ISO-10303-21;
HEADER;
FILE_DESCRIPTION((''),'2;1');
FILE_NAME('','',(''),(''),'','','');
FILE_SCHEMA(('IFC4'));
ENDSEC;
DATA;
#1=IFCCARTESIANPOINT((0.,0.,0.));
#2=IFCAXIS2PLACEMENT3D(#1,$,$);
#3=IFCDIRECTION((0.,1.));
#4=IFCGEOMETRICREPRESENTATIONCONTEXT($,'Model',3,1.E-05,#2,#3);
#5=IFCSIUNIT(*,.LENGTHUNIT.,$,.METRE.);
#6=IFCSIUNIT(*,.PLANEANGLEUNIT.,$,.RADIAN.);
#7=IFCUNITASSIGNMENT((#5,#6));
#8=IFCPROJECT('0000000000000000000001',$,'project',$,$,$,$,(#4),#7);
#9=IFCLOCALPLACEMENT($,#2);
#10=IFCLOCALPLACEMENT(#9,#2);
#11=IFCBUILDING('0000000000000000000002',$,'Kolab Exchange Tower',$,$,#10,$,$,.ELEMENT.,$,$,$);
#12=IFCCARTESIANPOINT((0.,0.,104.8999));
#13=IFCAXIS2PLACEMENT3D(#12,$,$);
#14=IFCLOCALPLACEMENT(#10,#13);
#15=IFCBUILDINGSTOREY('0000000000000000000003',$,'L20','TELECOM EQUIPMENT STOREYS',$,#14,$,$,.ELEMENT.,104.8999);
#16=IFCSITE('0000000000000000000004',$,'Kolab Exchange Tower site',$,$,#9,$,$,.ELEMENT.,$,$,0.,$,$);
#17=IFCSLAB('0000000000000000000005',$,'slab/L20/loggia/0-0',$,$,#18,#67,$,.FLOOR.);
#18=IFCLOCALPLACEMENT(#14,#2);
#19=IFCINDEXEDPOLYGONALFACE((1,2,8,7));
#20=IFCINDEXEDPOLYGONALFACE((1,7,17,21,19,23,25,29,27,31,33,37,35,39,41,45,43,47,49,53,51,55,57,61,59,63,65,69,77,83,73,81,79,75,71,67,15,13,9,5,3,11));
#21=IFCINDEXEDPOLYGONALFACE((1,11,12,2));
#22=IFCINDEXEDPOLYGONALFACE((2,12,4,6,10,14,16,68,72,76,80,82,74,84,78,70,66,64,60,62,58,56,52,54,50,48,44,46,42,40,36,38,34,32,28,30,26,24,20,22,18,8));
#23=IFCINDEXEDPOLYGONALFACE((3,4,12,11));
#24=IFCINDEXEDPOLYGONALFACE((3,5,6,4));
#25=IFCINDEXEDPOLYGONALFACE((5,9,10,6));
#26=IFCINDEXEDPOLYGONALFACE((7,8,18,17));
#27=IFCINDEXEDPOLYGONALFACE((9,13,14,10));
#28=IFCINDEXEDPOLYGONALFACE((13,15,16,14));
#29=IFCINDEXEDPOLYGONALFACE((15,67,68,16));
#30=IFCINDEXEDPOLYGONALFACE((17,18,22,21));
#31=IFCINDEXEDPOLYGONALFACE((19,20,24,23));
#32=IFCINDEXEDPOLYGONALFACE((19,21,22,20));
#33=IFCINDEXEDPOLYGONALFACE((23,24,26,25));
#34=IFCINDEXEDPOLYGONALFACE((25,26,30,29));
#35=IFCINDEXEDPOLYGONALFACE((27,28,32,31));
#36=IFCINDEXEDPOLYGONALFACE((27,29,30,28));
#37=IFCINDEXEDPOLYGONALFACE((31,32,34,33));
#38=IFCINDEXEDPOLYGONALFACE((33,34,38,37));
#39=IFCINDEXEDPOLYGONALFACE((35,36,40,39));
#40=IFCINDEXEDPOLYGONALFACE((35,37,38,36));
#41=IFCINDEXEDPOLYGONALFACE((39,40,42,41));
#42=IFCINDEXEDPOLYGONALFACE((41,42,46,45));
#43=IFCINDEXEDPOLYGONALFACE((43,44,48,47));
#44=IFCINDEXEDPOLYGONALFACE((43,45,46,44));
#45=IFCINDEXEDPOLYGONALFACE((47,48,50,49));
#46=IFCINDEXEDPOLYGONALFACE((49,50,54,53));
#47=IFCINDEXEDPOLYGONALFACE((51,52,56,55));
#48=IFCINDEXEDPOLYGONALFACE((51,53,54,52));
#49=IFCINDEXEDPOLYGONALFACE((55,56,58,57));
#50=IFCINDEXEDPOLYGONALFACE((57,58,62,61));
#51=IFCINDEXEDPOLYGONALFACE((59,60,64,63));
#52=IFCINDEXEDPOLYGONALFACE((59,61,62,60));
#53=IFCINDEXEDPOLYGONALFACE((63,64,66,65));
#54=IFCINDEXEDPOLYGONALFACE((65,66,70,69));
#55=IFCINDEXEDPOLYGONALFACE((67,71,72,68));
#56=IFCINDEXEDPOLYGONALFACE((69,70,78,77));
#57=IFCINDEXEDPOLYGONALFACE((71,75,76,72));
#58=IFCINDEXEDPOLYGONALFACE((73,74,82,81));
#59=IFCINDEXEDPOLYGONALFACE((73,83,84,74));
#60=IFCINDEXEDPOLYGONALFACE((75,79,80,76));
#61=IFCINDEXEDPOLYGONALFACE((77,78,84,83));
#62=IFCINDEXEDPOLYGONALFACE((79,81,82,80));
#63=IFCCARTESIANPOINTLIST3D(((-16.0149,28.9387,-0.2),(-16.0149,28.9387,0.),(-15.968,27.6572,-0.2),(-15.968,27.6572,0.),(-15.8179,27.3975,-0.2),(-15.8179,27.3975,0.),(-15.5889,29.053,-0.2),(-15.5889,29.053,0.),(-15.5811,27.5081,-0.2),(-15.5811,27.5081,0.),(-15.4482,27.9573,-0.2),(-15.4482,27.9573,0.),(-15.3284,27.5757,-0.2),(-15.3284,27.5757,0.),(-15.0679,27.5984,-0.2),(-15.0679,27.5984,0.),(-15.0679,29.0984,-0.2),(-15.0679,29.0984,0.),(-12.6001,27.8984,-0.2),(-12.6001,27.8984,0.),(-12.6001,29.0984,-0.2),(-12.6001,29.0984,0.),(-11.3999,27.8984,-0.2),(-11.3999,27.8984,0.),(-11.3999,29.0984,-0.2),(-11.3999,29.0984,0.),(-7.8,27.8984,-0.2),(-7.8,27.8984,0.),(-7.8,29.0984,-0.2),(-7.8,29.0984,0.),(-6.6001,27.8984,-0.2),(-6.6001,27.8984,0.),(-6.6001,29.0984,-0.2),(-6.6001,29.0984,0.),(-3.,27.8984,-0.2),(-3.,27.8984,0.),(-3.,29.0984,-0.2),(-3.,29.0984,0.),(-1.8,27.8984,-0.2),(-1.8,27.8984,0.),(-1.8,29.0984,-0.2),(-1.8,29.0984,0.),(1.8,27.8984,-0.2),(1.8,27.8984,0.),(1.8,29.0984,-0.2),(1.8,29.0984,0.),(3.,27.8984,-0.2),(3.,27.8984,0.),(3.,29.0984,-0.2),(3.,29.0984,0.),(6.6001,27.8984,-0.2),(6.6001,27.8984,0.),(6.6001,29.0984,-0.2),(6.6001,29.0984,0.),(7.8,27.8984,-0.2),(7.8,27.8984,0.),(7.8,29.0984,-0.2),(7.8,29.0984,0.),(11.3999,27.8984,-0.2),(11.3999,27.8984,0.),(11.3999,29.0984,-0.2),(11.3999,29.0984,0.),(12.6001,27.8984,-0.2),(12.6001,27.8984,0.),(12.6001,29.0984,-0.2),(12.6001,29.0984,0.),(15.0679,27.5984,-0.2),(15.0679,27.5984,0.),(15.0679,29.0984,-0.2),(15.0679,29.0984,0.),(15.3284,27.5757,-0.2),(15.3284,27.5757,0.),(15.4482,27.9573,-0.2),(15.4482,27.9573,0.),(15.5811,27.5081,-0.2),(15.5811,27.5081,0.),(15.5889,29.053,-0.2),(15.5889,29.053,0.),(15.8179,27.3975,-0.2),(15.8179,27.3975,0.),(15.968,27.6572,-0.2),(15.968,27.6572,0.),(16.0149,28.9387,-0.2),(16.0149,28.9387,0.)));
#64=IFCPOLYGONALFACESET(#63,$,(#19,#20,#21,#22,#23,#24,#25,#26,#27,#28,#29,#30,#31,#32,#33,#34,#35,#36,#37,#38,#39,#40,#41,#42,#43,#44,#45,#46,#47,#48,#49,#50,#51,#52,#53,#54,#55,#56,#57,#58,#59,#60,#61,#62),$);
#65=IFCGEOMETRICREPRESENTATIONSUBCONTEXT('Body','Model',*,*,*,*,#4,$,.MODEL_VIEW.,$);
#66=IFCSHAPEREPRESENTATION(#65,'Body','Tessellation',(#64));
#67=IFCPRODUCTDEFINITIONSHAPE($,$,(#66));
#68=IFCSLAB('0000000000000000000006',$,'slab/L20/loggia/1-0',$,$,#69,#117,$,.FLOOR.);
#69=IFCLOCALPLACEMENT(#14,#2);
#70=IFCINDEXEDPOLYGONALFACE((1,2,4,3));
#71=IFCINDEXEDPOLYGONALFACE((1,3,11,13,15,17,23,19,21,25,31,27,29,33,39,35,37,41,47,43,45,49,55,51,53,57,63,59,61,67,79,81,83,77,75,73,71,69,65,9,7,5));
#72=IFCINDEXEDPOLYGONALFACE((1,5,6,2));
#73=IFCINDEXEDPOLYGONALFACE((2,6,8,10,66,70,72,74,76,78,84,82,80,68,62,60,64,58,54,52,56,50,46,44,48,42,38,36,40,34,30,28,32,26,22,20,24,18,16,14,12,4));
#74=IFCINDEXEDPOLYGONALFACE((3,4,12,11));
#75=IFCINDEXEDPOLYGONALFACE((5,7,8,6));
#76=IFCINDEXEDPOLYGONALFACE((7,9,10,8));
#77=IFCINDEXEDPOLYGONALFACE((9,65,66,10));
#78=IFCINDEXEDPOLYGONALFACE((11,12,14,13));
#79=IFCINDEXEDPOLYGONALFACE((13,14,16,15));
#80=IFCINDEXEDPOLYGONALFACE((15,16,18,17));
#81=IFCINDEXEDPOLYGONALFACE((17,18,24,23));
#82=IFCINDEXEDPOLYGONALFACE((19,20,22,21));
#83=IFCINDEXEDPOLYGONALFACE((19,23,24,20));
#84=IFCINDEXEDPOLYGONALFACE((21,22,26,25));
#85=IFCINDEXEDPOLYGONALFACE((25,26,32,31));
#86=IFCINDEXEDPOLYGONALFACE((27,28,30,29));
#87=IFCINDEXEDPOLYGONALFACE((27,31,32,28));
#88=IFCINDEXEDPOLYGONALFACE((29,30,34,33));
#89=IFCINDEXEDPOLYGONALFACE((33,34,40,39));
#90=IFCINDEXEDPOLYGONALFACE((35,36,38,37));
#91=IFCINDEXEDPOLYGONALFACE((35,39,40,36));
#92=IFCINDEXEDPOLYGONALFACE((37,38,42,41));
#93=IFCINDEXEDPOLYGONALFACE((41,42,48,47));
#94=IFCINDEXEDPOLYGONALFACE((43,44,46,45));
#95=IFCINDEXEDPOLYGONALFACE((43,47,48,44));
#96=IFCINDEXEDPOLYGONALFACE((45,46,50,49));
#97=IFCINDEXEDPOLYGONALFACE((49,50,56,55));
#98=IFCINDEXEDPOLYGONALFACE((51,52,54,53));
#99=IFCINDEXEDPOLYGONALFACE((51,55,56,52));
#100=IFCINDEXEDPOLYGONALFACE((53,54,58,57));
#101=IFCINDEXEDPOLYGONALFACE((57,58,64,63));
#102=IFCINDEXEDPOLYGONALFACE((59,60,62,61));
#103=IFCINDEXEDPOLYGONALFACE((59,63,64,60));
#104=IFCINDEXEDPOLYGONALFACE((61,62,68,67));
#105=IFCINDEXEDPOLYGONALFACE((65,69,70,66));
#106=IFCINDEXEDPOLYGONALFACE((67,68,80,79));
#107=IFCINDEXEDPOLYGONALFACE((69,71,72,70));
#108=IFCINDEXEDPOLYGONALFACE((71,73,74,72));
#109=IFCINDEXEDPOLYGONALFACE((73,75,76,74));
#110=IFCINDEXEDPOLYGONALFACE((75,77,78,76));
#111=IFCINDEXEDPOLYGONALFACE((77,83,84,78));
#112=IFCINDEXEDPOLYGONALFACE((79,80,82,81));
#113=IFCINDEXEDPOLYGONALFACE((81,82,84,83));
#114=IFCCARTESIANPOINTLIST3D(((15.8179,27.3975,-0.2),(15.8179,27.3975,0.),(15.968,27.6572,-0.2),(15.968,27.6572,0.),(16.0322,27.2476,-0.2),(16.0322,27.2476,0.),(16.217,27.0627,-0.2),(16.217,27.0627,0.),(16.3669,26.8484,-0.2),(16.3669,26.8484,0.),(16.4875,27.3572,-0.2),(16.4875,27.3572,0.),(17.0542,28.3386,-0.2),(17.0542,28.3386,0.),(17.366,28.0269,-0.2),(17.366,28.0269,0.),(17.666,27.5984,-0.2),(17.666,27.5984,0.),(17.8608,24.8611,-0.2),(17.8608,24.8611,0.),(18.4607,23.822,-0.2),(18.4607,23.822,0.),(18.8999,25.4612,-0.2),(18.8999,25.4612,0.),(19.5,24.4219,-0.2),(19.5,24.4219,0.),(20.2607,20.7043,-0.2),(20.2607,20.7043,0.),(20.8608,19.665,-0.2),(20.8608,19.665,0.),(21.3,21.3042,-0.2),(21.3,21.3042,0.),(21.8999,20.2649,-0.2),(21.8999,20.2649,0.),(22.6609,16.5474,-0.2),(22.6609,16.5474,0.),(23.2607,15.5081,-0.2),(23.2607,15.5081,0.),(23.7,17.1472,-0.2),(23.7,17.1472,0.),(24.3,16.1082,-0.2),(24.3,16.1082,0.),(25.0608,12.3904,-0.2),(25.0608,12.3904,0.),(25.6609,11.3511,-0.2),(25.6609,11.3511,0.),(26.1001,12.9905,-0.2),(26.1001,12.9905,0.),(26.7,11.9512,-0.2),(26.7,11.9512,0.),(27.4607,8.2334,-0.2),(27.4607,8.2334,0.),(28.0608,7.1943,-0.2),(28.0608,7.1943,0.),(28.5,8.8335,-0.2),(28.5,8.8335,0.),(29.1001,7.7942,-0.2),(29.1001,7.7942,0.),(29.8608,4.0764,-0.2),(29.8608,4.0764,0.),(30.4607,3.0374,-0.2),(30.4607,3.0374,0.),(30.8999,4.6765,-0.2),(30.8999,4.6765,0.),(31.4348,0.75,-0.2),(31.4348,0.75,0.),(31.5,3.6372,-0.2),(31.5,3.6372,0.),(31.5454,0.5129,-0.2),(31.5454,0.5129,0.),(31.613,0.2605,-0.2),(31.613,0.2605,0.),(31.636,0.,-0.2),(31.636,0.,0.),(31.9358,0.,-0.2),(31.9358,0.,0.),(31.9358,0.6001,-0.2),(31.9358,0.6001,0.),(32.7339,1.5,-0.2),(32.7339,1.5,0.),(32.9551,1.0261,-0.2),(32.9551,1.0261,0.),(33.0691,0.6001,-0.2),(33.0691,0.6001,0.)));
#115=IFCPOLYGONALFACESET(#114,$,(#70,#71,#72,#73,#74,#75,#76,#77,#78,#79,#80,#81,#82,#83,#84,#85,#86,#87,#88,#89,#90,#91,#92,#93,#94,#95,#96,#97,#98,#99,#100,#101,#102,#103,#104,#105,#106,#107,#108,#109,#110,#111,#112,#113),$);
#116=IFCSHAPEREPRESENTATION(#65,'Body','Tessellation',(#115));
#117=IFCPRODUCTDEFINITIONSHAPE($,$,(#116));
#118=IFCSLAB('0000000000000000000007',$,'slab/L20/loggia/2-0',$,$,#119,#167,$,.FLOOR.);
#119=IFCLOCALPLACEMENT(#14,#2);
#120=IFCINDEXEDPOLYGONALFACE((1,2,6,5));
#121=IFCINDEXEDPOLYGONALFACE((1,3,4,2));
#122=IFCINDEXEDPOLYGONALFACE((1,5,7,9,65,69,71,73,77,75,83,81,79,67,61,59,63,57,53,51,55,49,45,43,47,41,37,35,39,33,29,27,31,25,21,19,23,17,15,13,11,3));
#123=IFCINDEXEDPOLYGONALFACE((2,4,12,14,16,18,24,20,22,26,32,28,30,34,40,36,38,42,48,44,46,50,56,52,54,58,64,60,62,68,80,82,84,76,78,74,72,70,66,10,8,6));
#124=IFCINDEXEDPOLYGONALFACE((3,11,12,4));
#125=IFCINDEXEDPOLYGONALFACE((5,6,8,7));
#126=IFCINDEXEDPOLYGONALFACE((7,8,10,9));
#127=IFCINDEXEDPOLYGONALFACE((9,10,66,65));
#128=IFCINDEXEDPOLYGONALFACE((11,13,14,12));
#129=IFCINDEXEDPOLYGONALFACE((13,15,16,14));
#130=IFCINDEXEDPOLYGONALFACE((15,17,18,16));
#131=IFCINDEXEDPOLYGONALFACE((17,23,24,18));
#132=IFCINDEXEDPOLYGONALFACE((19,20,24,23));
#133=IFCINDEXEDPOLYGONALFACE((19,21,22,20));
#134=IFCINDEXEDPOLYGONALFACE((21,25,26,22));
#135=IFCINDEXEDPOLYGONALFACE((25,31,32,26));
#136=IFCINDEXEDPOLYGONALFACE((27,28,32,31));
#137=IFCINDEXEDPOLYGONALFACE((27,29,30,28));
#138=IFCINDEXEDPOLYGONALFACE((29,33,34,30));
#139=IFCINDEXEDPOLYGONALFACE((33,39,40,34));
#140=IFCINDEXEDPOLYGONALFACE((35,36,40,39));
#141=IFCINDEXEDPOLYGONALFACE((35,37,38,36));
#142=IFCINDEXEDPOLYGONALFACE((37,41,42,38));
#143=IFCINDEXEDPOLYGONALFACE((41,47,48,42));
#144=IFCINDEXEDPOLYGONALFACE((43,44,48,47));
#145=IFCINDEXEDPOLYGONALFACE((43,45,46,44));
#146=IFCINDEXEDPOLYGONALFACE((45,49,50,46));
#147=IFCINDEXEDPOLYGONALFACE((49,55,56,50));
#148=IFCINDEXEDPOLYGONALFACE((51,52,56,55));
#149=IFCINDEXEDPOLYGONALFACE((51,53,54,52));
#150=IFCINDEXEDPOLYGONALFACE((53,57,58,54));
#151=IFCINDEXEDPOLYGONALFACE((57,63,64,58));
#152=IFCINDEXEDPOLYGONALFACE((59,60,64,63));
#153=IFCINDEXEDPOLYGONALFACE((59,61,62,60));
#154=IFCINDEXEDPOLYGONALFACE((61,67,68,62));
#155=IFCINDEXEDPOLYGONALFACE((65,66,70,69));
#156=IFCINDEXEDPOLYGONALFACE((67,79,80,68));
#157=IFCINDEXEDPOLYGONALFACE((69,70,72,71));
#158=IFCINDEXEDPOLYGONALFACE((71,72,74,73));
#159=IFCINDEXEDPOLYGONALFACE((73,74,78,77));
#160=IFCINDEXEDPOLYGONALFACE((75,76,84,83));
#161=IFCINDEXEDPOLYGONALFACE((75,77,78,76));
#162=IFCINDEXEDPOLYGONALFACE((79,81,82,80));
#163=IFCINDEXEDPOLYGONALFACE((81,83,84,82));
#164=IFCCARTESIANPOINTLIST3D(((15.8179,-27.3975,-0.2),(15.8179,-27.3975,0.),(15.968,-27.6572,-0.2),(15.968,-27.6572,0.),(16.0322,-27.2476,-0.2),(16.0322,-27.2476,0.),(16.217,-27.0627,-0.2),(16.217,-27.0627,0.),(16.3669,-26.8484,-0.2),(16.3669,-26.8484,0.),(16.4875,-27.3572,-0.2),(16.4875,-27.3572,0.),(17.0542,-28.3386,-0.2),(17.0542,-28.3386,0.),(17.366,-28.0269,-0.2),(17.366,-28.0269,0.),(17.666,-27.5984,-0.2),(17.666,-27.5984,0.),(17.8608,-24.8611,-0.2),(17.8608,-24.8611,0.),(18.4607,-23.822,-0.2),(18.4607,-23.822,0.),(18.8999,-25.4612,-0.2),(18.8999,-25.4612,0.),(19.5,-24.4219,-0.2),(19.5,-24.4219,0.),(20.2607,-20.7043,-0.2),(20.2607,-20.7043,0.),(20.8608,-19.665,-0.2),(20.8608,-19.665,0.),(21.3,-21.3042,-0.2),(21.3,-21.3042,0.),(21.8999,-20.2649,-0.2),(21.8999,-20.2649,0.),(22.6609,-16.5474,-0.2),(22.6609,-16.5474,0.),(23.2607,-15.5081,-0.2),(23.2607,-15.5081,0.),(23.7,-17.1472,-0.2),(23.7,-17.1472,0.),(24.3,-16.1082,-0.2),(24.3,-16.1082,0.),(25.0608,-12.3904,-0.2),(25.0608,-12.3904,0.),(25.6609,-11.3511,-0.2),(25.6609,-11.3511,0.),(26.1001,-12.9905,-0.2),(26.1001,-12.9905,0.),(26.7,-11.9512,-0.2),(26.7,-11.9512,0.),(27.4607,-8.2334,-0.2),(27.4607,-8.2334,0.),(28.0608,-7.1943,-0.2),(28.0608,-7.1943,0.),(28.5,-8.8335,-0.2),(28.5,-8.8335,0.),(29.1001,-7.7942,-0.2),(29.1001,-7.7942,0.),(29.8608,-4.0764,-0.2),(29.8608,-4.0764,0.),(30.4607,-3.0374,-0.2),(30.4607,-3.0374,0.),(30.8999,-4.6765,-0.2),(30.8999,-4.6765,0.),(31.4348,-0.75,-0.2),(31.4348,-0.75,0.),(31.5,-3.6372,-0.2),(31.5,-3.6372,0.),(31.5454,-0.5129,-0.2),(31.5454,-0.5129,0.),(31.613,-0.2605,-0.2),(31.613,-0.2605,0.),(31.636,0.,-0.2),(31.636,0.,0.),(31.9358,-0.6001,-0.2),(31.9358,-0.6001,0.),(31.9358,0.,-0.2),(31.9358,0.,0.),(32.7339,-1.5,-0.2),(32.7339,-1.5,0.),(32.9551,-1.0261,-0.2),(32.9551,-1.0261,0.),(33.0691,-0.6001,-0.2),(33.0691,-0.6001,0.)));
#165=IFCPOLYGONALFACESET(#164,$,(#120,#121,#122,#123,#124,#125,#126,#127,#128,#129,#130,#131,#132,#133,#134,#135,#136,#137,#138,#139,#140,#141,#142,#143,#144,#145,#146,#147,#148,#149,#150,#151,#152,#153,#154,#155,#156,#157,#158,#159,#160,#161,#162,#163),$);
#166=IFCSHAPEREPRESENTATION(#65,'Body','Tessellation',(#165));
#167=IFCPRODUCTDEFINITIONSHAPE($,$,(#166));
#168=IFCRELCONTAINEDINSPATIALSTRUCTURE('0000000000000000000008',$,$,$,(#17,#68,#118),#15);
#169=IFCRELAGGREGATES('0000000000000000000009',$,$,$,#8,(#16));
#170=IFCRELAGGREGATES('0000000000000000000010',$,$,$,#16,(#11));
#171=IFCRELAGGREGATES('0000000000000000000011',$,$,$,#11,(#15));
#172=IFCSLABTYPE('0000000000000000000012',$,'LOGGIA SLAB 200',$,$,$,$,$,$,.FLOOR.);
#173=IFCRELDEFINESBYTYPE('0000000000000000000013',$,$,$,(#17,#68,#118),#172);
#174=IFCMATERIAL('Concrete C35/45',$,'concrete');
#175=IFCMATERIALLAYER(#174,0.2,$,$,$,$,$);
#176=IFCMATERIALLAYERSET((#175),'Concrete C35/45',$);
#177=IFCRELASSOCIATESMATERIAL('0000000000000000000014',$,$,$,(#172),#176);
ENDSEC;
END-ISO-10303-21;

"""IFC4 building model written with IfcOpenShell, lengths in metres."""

from ifc_helpers import new_model, si_unit, direction, frame, origin, place, context, subcontext, project, spatial, polyline, outline, extrude, material, layer, layer_set, type_object, element, save


model = new_model("IFC4")

# Units and contexts
model_context = context("Model", 3, precision=1e-05, world=origin(), true_north=direction((0.0, 1.0)))
body_context = subcontext(model_context, "Body", "Model", "MODEL_VIEW")
ifc_project = project(units=[si_unit("LENGTHUNIT", "METRE"), si_unit("PLANEANGLEUNIT", "RADIAN")], contexts=[model_context])

# Site, building, storey
site_placement = place(None, origin())
site = spatial("IfcSite", under=ifc_project, at=site_placement, Name="Kolab Exchange Tower site", CompositionType="ELEMENT", RefElevation=0.0)
building_placement = place(site_placement, origin())
building = spatial("IfcBuilding", under=site, at=building_placement, Name="Kolab Exchange Tower", CompositionType="ELEMENT")
storey_placement = place(building_placement, frame((0.0, 0.0, 104.8999)))
storey = spatial("IfcBuildingStorey", under=building, at=storey_placement, Name="L20", Description="TELECOM EQUIPMENT STOREYS", CompositionType="ELEMENT", Elevation=104.8999)

# Slabs
ifc_material_1 = material(Name="Concrete C35/45", Category="concrete")
ifc_layer_1 = layer(ifc_material_1, 0.2)
ifc_layer_set_1 = layer_set([ifc_layer_1], Name="Concrete C35/45")
slab_type_1 = type_object("IfcSlabType", Name="LOGGIA SLAB 200", PredefinedType="FLOOR", material=ifc_layer_set_1)
slab_1_placement = place(storey_placement, frame((0.0, 0.0, -0.2)))
element("IfcSlab", 1, at=slab_1_placement, inside=storey, type_object=slab_type_1, Name="slab/L20/loggia/0-0", PredefinedType="FLOOR", context=body_context, shape_type="SweptSolid", body=[
    extrude(outline(polyline([(15.8179, 27.3975), (15.968, 27.6572), (15.4482, 27.9573), (16.0149, 28.9387), (15.5889, 29.053), (15.0679, 29.0984), (12.6001, 29.0984), (12.6001, 27.8984), (11.3999, 27.8984), (11.3999, 29.0984), (7.8, 29.0984), (7.8, 27.8984), (6.6001, 27.8984), (6.6001, 29.0984), (3.0, 29.0984), (3.0, 27.8984), (1.8, 27.8984), (1.8, 29.0984), (-1.8, 29.0984), (-1.8, 27.8984), (-3.0, 27.8984), (-3.0, 29.0984), (-6.6001, 29.0984), (-6.6001, 27.8984), (-7.8, 27.8984), (-7.8, 29.0984), (-11.3999, 29.0984), (-11.3999, 27.8984), (-12.6001, 27.8984), (-12.6001, 29.0984), (-15.0679, 29.0984), (-15.5889, 29.053), (-16.0149, 28.9387), (-15.4482, 27.9573), (-15.968, 27.6572), (-15.8179, 27.3975), (-15.5811, 27.5081), (-15.3284, 27.5757), (-15.0679, 27.5984), (15.0679, 27.5984), (15.3284, 27.5757), (15.5811, 27.5081), (15.8179, 27.3975)])), origin(), (0.0, 0.0, 1.0), 0.2),
])
slab_2_placement = place(storey_placement, frame((0.0, 0.0, -0.2)))
element("IfcSlab", 2, at=slab_2_placement, inside=storey, type_object=slab_type_1, Name="slab/L20/loggia/1-0", PredefinedType="FLOOR", context=body_context, shape_type="SweptSolid", body=[
    extrude(outline(polyline([(31.636, 0.0), (31.9358, 0.0), (31.9358, 0.6001), (33.0691, 0.6001), (32.9551, 1.0261), (32.7339, 1.5), (31.5, 3.6372), (30.4607, 3.0374), (29.8608, 4.0764), (30.8999, 4.6765), (29.1001, 7.7942), (28.0608, 7.1943), (27.4607, 8.2334), (28.5, 8.8335), (26.7, 11.9512), (25.6609, 11.3511), (25.0608, 12.3904), (26.1001, 12.9905), (24.3, 16.1082), (23.2607, 15.5081), (22.6609, 16.5474), (23.7, 17.1472), (21.8999, 20.2649), (20.8608, 19.665), (20.2607, 20.7043), (21.3, 21.3042), (19.5, 24.4219), (18.4607, 23.822), (17.8608, 24.8611), (18.8999, 25.4612), (17.666, 27.5984), (17.366, 28.0269), (17.0542, 28.3386), (16.4875, 27.3572), (15.968, 27.6572), (15.8179, 27.3975), (16.0322, 27.2476), (16.217, 27.0627), (16.3669, 26.8484), (31.4348, 0.75), (31.5454, 0.5129), (31.613, 0.2605), (31.636, 0.0)])), origin(), (0.0, 0.0, 1.0), 0.2),
])
slab_3_placement = place(storey_placement, frame((0.0, 0.0, -0.2)))
element("IfcSlab", 3, at=slab_3_placement, inside=storey, type_object=slab_type_1, Name="slab/L20/loggia/2-0", PredefinedType="FLOOR", context=body_context, shape_type="SweptSolid", body=[
    extrude(outline(polyline([(17.666, -27.5984), (18.8999, -25.4612), (17.8608, -24.8611), (18.4607, -23.822), (19.5, -24.4219), (21.3, -21.3042), (20.2607, -20.7043), (20.8608, -19.665), (21.8999, -20.2649), (23.7, -17.1472), (22.6609, -16.5474), (23.2607, -15.5081), (24.3, -16.1082), (26.1001, -12.9905), (25.0608, -12.3904), (25.6609, -11.3511), (26.7, -11.9512), (28.5, -8.8335), (27.4607, -8.2334), (28.0608, -7.1943), (29.1001, -7.7942), (30.8999, -4.6765), (29.8608, -4.0764), (30.4607, -3.0374), (31.5, -3.6372), (32.7339, -1.5), (32.9551, -1.0261), (33.0691, -0.6001), (31.9358, -0.6001), (31.9358, 0.0), (31.636, 0.0), (31.613, -0.2605), (31.5454, -0.5129), (31.4348, -0.75), (16.3669, -26.8484), (16.217, -27.0627), (16.0322, -27.2476), (15.8179, -27.3975), (15.968, -27.6572), (16.4875, -27.3572), (17.0542, -28.3386), (17.366, -28.0269), (17.666, -27.5984)])), origin(), (0.0, 0.0, 1.0), 0.2),
])

save(model, "model.ifc")
